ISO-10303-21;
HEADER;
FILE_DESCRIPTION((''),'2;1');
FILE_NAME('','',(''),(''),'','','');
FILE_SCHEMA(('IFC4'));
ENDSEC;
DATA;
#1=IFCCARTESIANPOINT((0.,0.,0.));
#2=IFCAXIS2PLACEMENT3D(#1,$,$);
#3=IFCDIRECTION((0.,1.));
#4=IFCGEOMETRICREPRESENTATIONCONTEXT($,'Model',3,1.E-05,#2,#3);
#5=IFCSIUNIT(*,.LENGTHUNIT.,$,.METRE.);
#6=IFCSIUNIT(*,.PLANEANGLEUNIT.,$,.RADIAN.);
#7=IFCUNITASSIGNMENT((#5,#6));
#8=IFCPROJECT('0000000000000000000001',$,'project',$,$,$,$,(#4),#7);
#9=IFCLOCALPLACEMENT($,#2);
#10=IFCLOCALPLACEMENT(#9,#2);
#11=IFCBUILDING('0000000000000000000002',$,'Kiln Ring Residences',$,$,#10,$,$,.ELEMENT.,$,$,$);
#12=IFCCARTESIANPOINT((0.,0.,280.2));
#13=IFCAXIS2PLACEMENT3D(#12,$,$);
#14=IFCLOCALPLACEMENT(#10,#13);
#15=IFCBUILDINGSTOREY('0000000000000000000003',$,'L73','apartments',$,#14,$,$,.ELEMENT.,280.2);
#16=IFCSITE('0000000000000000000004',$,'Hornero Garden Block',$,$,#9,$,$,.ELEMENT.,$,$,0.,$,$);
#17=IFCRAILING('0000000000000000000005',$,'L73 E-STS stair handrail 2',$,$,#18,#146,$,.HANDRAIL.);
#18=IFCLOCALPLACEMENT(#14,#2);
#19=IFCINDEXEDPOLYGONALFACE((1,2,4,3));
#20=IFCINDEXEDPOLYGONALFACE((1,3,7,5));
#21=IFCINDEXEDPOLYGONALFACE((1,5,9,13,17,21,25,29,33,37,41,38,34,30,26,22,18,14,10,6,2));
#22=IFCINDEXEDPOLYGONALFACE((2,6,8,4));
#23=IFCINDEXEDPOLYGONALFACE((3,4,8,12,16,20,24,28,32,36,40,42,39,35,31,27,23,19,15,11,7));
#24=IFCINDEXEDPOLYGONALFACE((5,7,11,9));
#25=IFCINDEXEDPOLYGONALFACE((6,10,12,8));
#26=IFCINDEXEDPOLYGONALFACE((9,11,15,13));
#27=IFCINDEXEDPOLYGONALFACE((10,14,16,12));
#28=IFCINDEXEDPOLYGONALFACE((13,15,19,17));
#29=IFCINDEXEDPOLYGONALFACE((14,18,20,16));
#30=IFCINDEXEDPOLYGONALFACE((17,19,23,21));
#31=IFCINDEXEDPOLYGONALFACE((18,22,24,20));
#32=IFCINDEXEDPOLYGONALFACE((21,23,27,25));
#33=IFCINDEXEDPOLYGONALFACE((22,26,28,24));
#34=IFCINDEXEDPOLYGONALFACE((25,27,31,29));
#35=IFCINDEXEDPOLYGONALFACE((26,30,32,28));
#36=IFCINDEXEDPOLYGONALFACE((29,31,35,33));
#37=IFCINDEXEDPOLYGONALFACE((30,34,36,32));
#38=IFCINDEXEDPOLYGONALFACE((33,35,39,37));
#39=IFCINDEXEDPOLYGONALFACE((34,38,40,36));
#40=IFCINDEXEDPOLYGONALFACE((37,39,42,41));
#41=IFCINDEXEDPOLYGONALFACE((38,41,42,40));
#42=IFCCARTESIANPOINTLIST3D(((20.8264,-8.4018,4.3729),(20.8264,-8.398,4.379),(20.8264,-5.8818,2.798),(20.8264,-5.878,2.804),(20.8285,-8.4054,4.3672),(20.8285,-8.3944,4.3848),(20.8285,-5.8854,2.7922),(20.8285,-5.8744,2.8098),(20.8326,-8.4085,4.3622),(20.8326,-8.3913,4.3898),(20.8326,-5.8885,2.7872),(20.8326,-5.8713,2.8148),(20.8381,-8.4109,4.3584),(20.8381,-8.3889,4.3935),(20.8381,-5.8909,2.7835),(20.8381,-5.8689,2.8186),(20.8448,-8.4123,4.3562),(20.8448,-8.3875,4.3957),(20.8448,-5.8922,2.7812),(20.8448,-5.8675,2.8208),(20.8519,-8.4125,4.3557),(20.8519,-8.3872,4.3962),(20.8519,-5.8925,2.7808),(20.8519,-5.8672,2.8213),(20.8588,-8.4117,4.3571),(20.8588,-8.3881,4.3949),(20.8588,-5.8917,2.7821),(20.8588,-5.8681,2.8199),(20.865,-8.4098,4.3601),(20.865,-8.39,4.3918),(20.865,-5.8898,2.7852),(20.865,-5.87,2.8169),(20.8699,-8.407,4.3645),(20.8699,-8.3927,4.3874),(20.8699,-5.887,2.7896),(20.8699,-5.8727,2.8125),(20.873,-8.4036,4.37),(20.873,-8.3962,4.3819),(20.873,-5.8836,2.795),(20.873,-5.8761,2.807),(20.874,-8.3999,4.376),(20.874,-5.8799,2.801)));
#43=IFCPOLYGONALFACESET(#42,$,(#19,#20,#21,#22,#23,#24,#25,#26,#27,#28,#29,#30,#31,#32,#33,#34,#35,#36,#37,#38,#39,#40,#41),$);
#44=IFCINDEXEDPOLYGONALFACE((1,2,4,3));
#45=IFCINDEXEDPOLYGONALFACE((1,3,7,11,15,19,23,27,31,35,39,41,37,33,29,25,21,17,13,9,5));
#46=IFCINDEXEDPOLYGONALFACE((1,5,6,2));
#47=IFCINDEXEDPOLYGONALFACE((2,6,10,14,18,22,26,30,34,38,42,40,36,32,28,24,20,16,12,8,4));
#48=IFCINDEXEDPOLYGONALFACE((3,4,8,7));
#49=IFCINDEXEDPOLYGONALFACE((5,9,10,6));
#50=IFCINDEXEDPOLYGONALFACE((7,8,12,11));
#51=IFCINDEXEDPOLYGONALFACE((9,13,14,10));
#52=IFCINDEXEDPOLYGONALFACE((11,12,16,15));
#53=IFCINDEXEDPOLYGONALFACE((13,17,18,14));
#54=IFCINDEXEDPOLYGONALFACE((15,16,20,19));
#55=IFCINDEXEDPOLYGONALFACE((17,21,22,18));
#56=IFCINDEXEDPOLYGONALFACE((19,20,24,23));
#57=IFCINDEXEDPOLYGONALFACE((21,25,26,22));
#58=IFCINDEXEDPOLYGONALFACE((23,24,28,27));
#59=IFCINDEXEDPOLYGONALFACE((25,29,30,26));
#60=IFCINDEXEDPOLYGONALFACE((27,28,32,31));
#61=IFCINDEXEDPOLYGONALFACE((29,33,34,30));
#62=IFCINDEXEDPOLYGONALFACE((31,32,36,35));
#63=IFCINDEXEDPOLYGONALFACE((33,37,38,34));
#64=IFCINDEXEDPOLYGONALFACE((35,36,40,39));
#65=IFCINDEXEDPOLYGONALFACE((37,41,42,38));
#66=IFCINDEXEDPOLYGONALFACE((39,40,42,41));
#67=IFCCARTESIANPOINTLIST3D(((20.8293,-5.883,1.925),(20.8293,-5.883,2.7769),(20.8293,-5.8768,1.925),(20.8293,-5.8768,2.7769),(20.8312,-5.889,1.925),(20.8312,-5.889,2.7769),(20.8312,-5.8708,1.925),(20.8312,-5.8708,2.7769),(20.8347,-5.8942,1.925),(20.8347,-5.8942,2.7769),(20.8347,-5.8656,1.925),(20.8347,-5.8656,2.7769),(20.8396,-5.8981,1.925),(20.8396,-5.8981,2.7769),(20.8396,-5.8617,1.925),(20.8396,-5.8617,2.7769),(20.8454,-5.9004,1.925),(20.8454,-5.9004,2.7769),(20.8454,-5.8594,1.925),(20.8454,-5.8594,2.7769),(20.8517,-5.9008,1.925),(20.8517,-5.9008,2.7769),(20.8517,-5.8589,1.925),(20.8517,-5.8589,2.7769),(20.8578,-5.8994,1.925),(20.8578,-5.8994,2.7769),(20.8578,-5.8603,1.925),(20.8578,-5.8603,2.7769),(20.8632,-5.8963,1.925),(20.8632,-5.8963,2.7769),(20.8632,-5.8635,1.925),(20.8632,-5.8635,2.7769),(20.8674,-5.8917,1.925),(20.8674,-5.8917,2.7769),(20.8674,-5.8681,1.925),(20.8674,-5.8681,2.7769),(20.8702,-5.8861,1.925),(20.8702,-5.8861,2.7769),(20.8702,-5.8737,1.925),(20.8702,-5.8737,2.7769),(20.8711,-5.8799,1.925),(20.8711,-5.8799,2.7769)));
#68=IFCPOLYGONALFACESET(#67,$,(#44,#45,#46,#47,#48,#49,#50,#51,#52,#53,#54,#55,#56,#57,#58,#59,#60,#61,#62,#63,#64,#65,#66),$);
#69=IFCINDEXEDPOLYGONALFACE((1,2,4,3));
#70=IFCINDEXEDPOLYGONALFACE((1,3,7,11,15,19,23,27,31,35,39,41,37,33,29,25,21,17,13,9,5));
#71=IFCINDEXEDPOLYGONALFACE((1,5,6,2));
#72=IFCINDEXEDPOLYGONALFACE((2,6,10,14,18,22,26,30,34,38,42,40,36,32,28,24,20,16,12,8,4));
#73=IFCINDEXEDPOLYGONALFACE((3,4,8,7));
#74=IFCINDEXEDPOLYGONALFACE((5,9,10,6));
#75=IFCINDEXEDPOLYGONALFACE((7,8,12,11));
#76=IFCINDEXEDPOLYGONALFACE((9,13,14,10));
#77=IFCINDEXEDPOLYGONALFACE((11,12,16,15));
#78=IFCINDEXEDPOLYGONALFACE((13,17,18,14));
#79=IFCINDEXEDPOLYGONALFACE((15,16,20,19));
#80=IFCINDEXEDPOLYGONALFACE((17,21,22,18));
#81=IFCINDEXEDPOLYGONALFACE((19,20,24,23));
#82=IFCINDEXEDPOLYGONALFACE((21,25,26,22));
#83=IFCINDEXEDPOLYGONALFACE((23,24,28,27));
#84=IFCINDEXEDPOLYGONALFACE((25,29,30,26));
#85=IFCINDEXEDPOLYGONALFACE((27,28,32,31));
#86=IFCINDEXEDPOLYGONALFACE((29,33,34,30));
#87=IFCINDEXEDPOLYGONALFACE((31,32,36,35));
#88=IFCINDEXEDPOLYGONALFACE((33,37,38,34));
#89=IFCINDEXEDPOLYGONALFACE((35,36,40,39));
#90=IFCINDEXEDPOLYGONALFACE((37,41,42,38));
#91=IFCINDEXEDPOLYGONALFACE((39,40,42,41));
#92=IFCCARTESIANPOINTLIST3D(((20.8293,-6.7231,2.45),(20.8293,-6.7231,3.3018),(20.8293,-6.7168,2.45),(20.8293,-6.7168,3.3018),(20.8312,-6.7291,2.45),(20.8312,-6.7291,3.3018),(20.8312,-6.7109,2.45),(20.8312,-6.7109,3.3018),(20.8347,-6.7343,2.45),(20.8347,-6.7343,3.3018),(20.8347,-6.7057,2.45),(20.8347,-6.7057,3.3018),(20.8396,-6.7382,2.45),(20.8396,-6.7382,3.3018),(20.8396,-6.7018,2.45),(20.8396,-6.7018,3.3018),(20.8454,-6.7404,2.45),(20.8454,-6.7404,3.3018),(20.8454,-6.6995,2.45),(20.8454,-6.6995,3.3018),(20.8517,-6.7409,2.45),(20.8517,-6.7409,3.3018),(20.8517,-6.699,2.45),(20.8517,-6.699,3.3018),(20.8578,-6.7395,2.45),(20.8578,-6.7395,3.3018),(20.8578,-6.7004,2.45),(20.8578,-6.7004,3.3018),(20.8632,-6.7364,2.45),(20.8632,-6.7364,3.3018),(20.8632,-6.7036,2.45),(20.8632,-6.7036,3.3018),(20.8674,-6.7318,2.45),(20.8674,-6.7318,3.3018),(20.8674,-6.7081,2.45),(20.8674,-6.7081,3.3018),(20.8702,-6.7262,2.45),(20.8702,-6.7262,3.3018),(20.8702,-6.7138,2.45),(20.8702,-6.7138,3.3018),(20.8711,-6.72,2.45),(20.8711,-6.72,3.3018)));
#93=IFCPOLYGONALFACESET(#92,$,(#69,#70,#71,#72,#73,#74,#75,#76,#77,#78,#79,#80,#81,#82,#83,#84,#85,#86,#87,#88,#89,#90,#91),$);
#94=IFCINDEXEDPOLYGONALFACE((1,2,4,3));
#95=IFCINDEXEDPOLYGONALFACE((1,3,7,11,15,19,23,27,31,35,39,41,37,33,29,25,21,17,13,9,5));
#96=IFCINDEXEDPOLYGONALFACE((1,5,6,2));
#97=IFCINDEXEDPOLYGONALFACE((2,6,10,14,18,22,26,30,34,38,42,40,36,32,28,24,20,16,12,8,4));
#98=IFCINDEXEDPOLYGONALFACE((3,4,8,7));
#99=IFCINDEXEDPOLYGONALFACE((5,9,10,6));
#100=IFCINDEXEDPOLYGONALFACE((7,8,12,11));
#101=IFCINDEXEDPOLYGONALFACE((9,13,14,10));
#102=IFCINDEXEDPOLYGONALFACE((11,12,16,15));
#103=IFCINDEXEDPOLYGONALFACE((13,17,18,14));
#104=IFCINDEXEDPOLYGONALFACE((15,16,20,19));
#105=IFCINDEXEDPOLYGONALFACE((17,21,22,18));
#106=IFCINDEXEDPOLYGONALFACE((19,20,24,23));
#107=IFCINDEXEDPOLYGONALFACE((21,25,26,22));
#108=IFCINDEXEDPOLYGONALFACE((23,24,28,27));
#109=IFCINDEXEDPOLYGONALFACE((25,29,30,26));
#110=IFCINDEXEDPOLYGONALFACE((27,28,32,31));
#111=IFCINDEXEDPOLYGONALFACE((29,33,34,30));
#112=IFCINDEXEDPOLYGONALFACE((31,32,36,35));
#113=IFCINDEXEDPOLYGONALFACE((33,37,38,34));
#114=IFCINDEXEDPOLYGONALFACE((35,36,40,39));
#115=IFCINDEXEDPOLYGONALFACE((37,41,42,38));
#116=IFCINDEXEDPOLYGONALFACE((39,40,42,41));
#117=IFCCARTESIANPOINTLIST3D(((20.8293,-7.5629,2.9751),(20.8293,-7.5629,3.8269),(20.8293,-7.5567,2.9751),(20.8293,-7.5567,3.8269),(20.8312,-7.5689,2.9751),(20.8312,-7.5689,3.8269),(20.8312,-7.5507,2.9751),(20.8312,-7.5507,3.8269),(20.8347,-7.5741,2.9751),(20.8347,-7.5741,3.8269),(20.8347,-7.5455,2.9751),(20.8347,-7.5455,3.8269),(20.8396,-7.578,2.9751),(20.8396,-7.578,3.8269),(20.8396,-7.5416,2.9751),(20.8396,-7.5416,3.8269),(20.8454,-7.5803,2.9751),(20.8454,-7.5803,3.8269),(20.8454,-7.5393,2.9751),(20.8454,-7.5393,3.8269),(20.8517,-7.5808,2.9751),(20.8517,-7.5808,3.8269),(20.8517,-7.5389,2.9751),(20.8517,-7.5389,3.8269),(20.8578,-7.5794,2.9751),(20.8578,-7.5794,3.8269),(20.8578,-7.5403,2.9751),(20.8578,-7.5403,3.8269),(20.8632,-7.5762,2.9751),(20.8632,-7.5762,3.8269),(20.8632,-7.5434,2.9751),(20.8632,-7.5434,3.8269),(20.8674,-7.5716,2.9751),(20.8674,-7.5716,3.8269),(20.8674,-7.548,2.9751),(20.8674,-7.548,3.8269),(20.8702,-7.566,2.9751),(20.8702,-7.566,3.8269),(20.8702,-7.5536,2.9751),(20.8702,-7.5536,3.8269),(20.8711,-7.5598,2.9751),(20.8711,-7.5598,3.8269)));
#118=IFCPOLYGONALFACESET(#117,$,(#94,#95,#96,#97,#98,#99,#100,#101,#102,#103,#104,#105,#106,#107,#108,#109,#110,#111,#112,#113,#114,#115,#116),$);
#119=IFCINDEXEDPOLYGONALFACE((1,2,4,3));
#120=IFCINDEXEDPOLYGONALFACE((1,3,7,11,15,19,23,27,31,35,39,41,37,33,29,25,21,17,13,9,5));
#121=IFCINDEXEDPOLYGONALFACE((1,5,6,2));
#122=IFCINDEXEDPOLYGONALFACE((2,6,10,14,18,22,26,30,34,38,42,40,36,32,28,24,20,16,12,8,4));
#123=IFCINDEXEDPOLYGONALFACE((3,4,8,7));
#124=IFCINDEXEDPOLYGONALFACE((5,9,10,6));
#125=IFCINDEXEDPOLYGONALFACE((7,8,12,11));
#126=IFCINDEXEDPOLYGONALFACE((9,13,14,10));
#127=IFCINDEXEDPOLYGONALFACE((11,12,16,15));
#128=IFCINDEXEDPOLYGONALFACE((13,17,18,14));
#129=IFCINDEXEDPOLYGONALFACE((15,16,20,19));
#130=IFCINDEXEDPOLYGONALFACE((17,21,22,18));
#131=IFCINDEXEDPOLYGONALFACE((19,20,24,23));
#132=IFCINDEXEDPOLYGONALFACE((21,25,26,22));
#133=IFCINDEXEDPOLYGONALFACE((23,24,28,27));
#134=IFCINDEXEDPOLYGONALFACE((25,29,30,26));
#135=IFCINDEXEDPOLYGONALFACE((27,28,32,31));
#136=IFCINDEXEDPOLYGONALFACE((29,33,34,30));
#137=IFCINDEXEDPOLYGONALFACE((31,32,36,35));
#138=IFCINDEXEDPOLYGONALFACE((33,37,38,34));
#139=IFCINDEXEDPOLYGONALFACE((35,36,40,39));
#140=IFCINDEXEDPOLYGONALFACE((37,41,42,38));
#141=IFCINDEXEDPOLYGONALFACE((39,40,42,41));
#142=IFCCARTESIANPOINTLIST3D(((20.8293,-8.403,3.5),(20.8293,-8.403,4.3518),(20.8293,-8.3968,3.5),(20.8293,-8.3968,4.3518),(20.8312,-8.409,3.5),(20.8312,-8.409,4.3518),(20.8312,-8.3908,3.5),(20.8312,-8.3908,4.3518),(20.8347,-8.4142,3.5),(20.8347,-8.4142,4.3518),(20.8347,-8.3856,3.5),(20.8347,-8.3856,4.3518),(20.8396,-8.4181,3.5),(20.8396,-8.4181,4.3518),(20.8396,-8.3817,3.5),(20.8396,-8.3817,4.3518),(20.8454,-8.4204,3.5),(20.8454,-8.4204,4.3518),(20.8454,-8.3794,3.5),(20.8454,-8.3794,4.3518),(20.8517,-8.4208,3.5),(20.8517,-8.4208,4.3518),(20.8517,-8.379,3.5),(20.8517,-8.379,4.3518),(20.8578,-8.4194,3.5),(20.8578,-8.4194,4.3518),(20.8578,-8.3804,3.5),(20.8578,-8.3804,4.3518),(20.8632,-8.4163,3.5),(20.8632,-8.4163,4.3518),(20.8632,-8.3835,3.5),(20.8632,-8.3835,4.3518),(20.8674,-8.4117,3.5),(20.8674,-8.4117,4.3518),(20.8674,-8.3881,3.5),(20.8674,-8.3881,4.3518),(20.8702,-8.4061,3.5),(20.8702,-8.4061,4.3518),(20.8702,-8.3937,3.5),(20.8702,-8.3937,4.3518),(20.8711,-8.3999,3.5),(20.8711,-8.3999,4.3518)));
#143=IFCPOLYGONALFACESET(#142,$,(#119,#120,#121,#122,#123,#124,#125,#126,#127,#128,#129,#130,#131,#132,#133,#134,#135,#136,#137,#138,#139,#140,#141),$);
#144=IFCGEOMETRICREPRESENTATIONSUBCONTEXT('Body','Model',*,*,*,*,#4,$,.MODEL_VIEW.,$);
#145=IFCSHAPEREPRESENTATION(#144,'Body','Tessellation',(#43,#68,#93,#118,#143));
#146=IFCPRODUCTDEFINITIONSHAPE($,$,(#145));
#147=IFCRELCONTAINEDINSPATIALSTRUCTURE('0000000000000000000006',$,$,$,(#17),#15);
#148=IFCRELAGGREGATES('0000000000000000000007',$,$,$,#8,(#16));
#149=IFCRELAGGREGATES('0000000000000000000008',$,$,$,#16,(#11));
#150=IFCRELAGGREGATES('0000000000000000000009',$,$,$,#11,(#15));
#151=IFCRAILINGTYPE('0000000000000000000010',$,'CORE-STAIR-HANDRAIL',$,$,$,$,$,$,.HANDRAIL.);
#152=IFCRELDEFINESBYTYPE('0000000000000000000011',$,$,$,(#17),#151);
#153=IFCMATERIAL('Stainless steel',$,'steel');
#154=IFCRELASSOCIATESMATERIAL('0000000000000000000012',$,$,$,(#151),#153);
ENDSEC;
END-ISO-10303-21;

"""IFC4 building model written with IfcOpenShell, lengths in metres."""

from ifc_helpers import new_model, si_unit, direction, frame, origin, origin_2d, place, context, subcontext, project, spatial, circle, extrude, material, type_object, element, save


model = new_model("IFC4")

# Units and contexts
model_context = context("Model", 3, precision=1e-05, world=origin(), true_north=direction((0.0, 1.0)))
body_context = subcontext(model_context, "Body", "Model", "MODEL_VIEW")
ifc_project = project(units=[si_unit("LENGTHUNIT", "METRE"), si_unit("PLANEANGLEUNIT", "RADIAN")], contexts=[model_context])

# Site, building, storey
site_placement = place(None, origin())
site = spatial("IfcSite", under=ifc_project, at=site_placement, Name="Hornero Garden Block", CompositionType="ELEMENT", RefElevation=0.0)
building_placement = place(site_placement, origin())
building = spatial("IfcBuilding", under=site, at=building_placement, Name="Kiln Ring Residences", CompositionType="ELEMENT")
storey_placement = place(building_placement, frame((0.0, 0.0, 280.2)))
storey = spatial("IfcBuildingStorey", under=building, at=storey_placement, Name="L73", Description="apartments", CompositionType="ELEMENT", Elevation=280.2)

# Railing
ifc_material_1 = material(Name="Stainless steel", Category="steel")
railing_type_1 = type_object("IfcRailingType", Name="CORE-STAIR-HANDRAIL", PredefinedType="HANDRAIL", material=ifc_material_1)
railing_1_placement = place(storey_placement, frame((20.8501, -5.8799, 1.925)))
element("IfcRailing", 1, at=railing_1_placement, inside=storey, type_object=railing_type_1, Name="L73 E-STS stair handrail 2", PredefinedType="HANDRAIL", context=body_context, shape_type="SweptSolid", body=[
    extrude(circle(Radius=0.0239, at=origin_2d()), frame((0.0, 0.0, 0.876), z_axis=(0.0, -0.848008, 0.529984), x_axis=(1.0, 0.0, 0.0)), (0.0, 0.0, 1.0), 2.9717),
    extrude(circle(Radius=0.021, at=origin_2d()), origin(), (0.0, 0.0, 1.0), 0.8518),
    extrude(circle(Radius=0.021, at=origin_2d()), frame((0.0, -0.8401, 0.5249)), (0.0, 0.0, 1.0), 0.8518),
    extrude(circle(Radius=0.021, at=origin_2d()), frame((0.0, -1.6799, 1.05)), (0.0, 0.0, 1.0), 0.8518),
    extrude(circle(Radius=0.021, at=origin_2d()), frame((0.0, -2.52, 1.575)), (0.0, 0.0, 1.0), 0.8518),
])

save(model, "model.ifc")
